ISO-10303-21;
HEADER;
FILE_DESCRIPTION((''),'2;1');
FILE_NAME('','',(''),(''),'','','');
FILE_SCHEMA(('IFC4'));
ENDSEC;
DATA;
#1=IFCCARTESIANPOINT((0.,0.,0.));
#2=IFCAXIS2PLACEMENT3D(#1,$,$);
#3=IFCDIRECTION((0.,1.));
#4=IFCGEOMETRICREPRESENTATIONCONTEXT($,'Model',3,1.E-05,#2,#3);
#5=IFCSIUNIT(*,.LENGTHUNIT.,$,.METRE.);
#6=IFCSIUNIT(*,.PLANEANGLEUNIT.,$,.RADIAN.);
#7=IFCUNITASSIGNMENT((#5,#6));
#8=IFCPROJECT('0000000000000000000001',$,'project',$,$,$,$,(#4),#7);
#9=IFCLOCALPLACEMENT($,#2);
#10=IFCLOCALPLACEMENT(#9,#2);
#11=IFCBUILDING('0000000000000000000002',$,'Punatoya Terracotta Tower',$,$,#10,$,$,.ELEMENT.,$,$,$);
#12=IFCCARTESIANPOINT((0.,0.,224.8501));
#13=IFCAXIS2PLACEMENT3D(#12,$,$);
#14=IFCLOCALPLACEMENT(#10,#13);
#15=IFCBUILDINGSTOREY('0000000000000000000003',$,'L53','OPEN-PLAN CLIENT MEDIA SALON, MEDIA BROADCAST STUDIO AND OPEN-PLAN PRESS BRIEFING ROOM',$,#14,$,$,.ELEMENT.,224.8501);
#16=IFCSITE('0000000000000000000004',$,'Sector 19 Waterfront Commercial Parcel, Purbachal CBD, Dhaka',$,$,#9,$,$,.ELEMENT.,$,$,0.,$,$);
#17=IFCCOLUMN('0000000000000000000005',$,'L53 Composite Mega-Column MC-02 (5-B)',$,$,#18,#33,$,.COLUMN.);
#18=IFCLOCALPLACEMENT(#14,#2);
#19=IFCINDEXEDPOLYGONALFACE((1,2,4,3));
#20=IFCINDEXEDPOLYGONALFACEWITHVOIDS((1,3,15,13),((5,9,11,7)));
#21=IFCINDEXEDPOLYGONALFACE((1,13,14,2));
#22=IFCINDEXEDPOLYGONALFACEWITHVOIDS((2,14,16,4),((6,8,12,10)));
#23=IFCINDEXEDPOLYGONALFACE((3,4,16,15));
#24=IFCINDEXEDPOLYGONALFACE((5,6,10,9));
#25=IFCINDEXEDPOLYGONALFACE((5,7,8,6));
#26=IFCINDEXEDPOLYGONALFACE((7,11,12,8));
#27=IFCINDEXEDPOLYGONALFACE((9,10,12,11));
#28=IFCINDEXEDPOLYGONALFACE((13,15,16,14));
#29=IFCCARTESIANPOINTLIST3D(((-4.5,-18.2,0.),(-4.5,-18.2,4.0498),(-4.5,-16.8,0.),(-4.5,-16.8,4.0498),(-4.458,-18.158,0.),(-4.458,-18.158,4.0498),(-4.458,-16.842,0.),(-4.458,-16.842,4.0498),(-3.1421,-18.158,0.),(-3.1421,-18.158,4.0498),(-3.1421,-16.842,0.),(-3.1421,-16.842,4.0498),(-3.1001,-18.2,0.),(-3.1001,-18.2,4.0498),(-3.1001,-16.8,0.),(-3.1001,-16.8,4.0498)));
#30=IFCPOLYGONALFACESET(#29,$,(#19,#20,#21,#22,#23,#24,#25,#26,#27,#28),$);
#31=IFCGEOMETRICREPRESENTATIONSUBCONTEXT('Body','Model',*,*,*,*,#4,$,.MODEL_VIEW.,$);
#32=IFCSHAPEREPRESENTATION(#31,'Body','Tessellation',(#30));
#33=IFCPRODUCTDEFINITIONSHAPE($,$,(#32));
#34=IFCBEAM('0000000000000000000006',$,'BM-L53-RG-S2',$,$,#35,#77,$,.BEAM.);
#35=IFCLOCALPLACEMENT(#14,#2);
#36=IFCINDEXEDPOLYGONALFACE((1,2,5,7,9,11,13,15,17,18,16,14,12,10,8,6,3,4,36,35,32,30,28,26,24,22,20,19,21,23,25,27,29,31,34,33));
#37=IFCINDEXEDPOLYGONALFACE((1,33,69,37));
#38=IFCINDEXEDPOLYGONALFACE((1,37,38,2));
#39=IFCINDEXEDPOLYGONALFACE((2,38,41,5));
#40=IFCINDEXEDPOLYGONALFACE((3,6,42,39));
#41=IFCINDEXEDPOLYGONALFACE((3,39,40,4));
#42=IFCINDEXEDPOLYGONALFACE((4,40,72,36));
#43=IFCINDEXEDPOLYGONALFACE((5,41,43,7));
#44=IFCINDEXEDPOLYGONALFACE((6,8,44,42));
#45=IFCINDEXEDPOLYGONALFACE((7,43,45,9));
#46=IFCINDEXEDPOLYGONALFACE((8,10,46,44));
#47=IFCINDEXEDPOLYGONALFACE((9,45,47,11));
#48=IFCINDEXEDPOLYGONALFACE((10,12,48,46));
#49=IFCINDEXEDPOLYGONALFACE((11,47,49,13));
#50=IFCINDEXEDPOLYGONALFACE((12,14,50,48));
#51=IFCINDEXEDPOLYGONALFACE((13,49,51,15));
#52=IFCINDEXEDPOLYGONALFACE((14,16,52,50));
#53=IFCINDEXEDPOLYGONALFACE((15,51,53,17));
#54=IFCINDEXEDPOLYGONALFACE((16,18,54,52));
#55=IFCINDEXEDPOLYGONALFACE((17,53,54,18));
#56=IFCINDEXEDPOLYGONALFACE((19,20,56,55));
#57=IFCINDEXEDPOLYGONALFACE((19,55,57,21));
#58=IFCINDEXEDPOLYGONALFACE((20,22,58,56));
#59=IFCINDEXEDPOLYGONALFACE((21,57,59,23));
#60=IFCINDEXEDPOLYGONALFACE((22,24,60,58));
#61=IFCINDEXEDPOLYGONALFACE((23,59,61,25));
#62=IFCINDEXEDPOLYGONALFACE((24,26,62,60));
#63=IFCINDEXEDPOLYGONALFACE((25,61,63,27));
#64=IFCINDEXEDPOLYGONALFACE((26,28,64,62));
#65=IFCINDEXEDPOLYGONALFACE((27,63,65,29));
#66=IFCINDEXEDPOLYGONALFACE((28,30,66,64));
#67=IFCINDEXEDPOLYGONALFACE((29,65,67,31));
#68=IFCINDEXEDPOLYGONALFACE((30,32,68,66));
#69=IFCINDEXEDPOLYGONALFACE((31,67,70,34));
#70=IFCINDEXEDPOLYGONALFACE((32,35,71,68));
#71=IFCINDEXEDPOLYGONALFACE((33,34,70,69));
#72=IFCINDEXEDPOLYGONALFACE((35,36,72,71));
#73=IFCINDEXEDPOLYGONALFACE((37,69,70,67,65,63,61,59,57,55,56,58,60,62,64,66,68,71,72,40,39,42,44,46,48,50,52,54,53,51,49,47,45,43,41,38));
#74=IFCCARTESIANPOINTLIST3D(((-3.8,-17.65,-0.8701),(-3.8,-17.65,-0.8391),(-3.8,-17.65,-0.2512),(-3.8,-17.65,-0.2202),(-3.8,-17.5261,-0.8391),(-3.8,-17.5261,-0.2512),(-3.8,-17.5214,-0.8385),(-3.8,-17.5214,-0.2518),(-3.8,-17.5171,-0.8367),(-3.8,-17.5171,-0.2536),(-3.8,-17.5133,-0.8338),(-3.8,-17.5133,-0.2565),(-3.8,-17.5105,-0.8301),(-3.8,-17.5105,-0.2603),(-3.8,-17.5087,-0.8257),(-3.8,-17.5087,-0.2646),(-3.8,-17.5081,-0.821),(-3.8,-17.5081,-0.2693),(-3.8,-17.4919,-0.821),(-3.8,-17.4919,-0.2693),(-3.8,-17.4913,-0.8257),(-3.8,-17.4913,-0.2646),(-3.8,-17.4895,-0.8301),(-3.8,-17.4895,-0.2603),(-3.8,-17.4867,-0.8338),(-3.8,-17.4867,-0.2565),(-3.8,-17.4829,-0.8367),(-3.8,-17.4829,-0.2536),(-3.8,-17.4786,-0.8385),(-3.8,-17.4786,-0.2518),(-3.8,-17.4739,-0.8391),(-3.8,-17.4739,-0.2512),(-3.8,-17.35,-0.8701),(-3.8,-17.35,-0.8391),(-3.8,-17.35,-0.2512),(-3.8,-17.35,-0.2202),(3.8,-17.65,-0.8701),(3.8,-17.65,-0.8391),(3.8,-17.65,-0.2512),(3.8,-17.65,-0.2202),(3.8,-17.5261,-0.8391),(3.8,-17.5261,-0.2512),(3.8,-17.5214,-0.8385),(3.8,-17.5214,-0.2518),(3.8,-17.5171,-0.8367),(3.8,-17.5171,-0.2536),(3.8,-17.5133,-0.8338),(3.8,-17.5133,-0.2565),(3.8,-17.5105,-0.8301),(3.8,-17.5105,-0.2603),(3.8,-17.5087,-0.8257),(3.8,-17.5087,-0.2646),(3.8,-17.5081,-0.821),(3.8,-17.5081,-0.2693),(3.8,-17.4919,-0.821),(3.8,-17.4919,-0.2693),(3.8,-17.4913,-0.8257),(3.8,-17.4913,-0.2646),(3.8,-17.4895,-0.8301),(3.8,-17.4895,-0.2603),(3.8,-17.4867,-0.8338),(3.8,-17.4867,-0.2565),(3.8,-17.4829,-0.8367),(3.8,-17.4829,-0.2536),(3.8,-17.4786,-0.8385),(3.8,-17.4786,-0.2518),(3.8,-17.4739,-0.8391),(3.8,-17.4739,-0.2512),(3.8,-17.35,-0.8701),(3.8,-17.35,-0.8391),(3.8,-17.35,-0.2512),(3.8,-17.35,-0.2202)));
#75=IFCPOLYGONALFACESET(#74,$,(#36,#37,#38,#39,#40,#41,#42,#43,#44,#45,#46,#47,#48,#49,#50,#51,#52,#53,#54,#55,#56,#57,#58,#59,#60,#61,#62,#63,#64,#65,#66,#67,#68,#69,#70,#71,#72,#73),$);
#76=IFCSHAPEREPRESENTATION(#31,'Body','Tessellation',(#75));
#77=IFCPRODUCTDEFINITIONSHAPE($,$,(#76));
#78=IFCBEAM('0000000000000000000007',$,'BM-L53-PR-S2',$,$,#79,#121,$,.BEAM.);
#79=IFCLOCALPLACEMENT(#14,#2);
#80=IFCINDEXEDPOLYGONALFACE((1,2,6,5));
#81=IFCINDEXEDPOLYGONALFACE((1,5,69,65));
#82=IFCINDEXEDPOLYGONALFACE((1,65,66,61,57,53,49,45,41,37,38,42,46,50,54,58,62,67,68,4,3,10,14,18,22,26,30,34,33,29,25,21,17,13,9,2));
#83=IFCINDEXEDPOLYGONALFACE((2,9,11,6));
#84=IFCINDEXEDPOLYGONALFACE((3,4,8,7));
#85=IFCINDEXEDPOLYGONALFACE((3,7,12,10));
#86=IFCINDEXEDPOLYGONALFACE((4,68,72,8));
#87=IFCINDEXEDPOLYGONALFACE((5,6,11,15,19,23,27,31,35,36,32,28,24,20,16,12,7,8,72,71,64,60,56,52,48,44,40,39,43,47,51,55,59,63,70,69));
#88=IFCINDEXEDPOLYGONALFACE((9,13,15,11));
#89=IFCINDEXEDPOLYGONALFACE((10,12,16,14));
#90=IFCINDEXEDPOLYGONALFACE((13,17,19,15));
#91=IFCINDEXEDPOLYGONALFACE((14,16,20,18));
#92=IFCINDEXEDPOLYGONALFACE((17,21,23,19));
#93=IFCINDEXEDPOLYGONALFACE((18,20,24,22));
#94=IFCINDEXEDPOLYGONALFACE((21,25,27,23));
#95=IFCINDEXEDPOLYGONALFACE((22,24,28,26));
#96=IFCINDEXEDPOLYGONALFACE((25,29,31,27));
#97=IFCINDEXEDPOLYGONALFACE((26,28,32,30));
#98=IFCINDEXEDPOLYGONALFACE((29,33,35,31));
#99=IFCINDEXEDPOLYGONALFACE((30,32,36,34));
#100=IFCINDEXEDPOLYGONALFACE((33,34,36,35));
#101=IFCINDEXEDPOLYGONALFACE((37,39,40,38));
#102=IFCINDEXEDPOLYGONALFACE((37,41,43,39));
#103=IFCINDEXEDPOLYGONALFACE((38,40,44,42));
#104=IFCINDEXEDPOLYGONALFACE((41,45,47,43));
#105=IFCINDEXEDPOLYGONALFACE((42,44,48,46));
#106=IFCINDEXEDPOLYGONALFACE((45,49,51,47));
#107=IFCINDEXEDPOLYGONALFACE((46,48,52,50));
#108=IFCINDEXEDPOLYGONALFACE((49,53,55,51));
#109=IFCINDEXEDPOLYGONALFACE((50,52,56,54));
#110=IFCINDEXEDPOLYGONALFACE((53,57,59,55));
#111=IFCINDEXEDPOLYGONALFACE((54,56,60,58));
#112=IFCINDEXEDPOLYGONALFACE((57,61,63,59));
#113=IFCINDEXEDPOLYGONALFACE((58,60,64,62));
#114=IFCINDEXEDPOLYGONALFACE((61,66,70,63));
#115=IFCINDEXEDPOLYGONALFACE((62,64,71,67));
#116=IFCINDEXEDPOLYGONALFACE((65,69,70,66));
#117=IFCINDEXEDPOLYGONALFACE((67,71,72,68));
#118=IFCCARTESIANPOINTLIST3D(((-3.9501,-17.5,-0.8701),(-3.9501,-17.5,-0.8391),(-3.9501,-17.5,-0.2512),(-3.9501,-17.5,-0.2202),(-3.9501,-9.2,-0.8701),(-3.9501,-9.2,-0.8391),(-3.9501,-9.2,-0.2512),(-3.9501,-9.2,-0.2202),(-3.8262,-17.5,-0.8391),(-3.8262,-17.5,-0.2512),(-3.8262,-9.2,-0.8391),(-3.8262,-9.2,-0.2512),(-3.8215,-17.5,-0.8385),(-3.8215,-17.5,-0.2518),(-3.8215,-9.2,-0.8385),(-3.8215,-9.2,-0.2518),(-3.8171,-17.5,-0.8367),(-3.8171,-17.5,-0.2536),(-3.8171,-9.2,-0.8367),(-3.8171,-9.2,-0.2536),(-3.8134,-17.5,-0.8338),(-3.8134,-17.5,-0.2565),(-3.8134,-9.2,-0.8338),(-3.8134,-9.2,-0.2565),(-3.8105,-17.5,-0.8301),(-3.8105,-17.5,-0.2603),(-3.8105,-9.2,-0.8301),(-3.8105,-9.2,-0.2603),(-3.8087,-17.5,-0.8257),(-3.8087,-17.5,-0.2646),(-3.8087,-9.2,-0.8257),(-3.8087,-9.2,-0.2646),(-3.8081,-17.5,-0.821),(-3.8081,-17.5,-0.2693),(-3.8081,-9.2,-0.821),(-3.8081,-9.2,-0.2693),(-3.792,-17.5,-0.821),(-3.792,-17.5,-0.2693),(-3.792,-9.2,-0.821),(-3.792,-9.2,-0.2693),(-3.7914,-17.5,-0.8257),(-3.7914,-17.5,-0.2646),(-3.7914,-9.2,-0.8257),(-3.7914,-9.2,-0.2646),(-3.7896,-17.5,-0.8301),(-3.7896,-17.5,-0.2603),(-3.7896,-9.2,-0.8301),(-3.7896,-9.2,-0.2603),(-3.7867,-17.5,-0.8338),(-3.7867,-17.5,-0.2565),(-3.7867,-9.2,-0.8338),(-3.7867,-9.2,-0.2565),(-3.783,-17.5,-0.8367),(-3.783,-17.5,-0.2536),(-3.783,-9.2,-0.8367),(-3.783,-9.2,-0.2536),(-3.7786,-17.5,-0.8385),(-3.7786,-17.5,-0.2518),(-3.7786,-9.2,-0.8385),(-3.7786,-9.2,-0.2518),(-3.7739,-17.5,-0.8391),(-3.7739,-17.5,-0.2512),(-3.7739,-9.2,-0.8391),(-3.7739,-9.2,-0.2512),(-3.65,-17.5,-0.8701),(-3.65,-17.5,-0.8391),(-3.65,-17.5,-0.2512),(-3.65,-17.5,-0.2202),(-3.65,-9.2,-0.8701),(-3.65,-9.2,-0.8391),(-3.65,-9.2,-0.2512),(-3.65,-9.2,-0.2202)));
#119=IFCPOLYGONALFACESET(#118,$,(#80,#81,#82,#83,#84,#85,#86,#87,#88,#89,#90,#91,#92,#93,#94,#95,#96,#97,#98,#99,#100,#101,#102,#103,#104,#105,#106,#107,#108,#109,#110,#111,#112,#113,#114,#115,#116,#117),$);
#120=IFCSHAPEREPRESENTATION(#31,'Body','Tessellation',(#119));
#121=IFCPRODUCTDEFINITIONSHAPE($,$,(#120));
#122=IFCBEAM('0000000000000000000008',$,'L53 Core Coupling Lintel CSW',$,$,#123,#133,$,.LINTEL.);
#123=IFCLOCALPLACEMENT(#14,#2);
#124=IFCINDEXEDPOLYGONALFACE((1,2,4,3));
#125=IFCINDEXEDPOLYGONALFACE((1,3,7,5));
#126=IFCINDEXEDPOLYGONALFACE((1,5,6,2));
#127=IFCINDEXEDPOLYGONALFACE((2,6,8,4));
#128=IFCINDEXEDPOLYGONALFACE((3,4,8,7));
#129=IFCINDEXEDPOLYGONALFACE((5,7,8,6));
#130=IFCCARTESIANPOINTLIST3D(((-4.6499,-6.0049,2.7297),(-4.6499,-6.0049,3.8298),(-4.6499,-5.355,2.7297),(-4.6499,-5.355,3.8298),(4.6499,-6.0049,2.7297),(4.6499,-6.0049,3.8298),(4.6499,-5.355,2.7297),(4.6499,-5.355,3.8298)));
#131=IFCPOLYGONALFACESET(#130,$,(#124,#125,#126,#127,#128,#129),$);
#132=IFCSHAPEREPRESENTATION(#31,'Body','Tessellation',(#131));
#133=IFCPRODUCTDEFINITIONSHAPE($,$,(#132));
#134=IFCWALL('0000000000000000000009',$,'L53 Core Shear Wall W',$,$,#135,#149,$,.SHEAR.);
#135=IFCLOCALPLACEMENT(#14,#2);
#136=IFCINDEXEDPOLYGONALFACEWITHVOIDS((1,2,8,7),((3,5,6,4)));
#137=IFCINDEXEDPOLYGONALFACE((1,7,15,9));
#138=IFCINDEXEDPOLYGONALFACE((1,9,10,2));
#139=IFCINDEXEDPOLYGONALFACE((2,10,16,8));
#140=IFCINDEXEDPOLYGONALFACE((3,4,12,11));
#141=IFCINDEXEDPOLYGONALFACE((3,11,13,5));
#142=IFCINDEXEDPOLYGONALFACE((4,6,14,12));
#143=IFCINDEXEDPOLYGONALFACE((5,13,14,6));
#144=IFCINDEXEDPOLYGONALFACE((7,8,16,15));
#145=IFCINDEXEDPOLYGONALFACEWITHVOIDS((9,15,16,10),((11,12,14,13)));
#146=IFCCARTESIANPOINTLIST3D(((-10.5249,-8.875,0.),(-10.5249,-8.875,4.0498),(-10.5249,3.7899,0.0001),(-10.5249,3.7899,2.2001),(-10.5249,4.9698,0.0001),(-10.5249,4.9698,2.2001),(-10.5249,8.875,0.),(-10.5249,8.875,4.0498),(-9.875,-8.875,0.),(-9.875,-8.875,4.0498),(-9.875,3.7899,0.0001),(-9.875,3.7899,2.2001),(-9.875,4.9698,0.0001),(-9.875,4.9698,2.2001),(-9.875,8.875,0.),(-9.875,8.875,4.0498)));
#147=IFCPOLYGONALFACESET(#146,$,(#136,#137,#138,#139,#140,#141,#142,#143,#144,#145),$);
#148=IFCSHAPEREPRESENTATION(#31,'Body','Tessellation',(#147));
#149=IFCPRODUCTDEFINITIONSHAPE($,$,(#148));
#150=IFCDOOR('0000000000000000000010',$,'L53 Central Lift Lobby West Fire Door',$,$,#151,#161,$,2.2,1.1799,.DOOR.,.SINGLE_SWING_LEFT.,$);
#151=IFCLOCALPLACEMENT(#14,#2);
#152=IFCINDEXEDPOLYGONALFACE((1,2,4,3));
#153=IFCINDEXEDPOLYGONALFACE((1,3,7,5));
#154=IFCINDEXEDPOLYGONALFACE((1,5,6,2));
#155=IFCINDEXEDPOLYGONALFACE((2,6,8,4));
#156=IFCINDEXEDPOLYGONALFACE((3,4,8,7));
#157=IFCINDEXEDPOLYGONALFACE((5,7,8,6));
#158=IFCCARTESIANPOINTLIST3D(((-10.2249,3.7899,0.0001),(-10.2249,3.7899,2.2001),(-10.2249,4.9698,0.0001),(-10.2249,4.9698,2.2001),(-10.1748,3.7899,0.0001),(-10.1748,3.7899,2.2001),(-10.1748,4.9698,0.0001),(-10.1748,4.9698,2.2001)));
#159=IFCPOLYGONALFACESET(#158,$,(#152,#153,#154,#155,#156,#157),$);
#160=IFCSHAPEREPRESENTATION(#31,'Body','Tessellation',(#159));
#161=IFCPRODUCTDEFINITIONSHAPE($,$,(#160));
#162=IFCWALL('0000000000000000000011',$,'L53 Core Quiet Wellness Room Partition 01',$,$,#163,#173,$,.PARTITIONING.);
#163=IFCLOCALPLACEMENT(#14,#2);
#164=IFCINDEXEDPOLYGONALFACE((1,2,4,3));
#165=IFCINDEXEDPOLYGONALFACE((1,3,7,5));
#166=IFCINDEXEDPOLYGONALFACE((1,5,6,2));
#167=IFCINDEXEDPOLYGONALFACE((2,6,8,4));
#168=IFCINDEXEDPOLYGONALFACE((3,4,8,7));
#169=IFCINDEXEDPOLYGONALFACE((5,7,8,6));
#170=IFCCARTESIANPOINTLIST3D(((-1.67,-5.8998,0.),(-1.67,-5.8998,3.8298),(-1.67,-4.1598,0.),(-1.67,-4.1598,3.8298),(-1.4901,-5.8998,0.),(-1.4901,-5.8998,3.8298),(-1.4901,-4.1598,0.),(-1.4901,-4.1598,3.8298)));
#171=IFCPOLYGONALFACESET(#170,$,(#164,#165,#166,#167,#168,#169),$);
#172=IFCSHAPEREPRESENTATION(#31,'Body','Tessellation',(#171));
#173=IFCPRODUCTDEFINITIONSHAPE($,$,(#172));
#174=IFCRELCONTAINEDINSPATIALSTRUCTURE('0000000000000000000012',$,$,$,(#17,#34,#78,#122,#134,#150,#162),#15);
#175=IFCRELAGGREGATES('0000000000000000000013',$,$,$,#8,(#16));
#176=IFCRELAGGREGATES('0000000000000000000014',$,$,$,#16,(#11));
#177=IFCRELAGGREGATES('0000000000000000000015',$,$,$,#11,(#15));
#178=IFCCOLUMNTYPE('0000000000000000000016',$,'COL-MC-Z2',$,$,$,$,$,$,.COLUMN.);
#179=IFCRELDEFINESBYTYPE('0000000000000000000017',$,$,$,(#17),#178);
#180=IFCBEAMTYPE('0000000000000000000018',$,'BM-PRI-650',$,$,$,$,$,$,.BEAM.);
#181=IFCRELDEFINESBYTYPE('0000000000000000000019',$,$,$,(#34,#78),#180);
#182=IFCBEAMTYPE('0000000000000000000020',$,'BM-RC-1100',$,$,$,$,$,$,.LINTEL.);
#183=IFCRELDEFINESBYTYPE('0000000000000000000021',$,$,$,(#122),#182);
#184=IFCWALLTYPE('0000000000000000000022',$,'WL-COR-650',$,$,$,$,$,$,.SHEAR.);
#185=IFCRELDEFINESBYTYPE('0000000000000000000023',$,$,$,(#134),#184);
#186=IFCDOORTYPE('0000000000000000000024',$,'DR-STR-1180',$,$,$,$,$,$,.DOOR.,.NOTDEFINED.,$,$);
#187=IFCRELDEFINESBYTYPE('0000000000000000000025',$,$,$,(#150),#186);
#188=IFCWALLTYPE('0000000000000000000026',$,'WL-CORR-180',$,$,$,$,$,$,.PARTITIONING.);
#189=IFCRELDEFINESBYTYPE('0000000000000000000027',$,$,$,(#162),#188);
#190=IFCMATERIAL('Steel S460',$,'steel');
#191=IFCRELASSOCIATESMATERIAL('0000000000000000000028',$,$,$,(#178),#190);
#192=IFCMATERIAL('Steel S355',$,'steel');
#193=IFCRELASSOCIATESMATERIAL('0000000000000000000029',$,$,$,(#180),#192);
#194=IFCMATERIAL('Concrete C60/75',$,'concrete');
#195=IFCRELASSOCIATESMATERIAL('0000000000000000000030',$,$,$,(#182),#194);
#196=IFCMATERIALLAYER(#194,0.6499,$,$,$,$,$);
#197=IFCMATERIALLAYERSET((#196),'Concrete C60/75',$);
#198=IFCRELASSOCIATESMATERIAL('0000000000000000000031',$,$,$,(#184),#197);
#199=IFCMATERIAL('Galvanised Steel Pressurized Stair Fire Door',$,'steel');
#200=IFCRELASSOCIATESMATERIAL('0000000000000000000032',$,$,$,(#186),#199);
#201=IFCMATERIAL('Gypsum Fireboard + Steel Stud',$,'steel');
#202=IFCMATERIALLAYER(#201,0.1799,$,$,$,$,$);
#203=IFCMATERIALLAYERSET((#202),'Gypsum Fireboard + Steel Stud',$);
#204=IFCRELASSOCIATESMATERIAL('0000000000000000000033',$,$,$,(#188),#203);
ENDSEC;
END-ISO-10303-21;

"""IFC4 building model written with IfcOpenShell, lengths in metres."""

from ifc_helpers import new_model, si_unit, direction, frame, frame_2d, origin, origin_2d, place, context, subcontext, project, spatial, rectangle, hollow_rectangle, i_section, extrude, material, layer, layer_set, material_profile, profile_set, type_object, element, fill, save


model = new_model("IFC4")

# Units and contexts
model_context = context("Model", 3, precision=1e-05, world=origin(), true_north=direction((0.0, 1.0)))
body_context = subcontext(model_context, "Body", "Model", "MODEL_VIEW")
ifc_project = project(units=[si_unit("LENGTHUNIT", "METRE"), si_unit("PLANEANGLEUNIT", "RADIAN")], contexts=[model_context])

# Site, building, storey
site_placement = place(None, origin())
site = spatial("IfcSite", under=ifc_project, at=site_placement, Name="Sector 19 Waterfront Commercial Parcel, Purbachal CBD, Dhaka", CompositionType="ELEMENT", RefElevation=0.0)
building_placement = place(site_placement, origin())
building = spatial("IfcBuilding", under=site, at=building_placement, Name="Punatoya Terracotta Tower", CompositionType="ELEMENT")
storey_placement = place(building_placement, frame((0.0, 0.0, 224.8501)))
storey = spatial("IfcBuildingStorey", under=building, at=storey_placement, Name="L53", Description="OPEN-PLAN CLIENT MEDIA SALON, MEDIA BROADCAST STUDIO AND OPEN-PLAN PRESS BRIEFING ROOM", CompositionType="ELEMENT", Elevation=224.8501)

# Column
ifc_material_1 = material(Name="Steel S460", Category="steel")
ifc_material_profile_1 = material_profile(ifc_material_1, hollow_rectangle(XDim=1.3999, YDim=1.3999, WallThickness=0.042, at=origin_2d()))
ifc_profile_set_1 = profile_set([ifc_material_profile_1], Name="Steel S460")
column_type = type_object("IfcColumnType", Name="COL-MC-Z2", PredefinedType="COLUMN", material=ifc_profile_set_1)
column_placement = place(storey_placement, frame((-3.8, -17.5, 0.0), z_axis=(0.0, 0.0, 1.0), x_axis=(1.0, 0.0, 0.0)))
element("IfcColumn", 1, at=column_placement, inside=storey, type_object=column_type, Name="L53 Composite Mega-Column MC-02 (5-B)", PredefinedType="COLUMN", context=body_context, shape_type="SweptSolid", body=[
    extrude(hollow_rectangle(XDim=1.3999, YDim=1.3999, WallThickness=0.042, at=origin_2d()), origin(), (0.0, 0.0, 1.0), 4.0498),
])

# Beams
ifc_material_2 = material(Name="Steel S355", Category="steel")
ifc_material_profile_2 = material_profile(ifc_material_2, i_section(OverallWidth=0.3, OverallDepth=0.6499, WebThickness=0.0161, FlangeThickness=0.031, FilletRadius=0.0181, at=origin_2d()))
ifc_profile_set_2 = profile_set([ifc_material_profile_2], Name="Steel S355")
beam_type_1 = type_object("IfcBeamType", Name="BM-PRI-650", PredefinedType="BEAM", material=ifc_profile_set_2)
beam_1_placement = place(storey_placement, frame((-3.8, -17.5, -0.5452), z_axis=(1.0, 0.0, 0.0), x_axis=(0.0, 1.0, 0.0)))
element("IfcBeam", 2, at=beam_1_placement, inside=storey, type_object=beam_type_1, Name="BM-L53-RG-S2", PredefinedType="BEAM", context=body_context, shape_type="SweptSolid", body=[
    extrude(i_section(OverallWidth=0.3, OverallDepth=0.6499, WebThickness=0.0161, FlangeThickness=0.031, FilletRadius=0.0181, at=origin_2d()), origin(), (0.0, 0.0, 1.0), 7.6001),
])
beam_2_placement = place(storey_placement, frame((-3.8, -17.5, -0.5452), z_axis=(0.0, 1.0, 0.0), x_axis=(-1.0, 0.0, 0.0)))
element("IfcBeam", 3, at=beam_2_placement, inside=storey, type_object=beam_type_1, Name="BM-L53-PR-S2", PredefinedType="BEAM", context=body_context, shape_type="SweptSolid", body=[
    extrude(i_section(OverallWidth=0.3, OverallDepth=0.6499, WebThickness=0.0161, FlangeThickness=0.031, FilletRadius=0.0181, at=origin_2d()), origin(), (0.0, 0.0, 1.0), 8.3),
])
ifc_material_3 = material(Name="Concrete C60/75", Category="concrete")
ifc_material_profile_3 = material_profile(ifc_material_3, rectangle(XDim=0.6499, YDim=1.1001, at=origin_2d()))
ifc_profile_set_3 = profile_set([ifc_material_profile_3], Name="Concrete C60/75")
beam_type_2 = type_object("IfcBeamType", Name="BM-RC-1100", PredefinedType="LINTEL", material=ifc_profile_set_3)
beam_3_placement = place(storey_placement, frame((-4.6499, -5.6799, 3.2798), z_axis=(1.0, 0.0, 0.0), x_axis=(0.0, 1.0, 0.0)))
element("IfcBeam", 4, at=beam_3_placement, inside=storey, type_object=beam_type_2, Name="L53 Core Coupling Lintel CSW", PredefinedType="LINTEL", context=body_context, shape_type="SweptSolid", body=[
    extrude(rectangle(XDim=0.6499, YDim=1.1001, at=origin_2d()), origin(), (0.0, 0.0, 1.0), 9.2998),
])

# Wall, opening, door
ifc_layer_1 = layer(ifc_material_3, 0.6499)
ifc_layer_set_1 = layer_set([ifc_layer_1], Name="Concrete C60/75")
wall_type_1 = type_object("IfcWallType", Name="WL-COR-650", PredefinedType="SHEAR", material=ifc_layer_set_1)
wall_1_placement = place(storey_placement, frame((-10.2, -8.875, 0.0), z_axis=(0.0, 0.0, 1.0), x_axis=(0.0, 1.0, 0.0)))
wall_1 = element("IfcWall", 5, at=wall_1_placement, inside=storey, type_object=wall_type_1, Name="L53 Core Shear Wall W", PredefinedType="SHEAR", context=body_context, shape_type="SweptSolid", body=[
    extrude(rectangle(XDim=17.75, YDim=0.6499, at=frame_2d((8.875, 0.0))), origin(), (0.0, 0.0, 1.0), 4.0498),
])
opening_1_placement = place(wall_1_placement, frame((12.665, 0.0, 0.0)))
opening_1 = element("IfcOpeningElement", 6, at=opening_1_placement, cuts=wall_1, PredefinedType="OPENING", context=body_context, shape_type="SweptSolid", body=[
    extrude(rectangle(XDim=1.1799, YDim=2.2, at=frame_2d((0.5898, 1.1001))), frame((0.0, 0.335, 0.0), z_axis=(0.0, -1.0, 0.0), x_axis=(1.0, 0.0, 0.0)), (0.0, 0.0, 1.0), 0.6699),
])
ifc_material_4 = material(Name="Galvanised Steel Pressurized Stair Fire Door", Category="steel")
door_type_1 = type_object("IfcDoorType", Name="DR-STR-1180", OperationType="NOTDEFINED", PredefinedType="DOOR", material=ifc_material_4)
door_1_placement = place(opening_1_placement, origin())
door_1 = element("IfcDoor", 7, at=door_1_placement, inside=storey, type_object=door_type_1, Name="L53 Central Lift Lobby West Fire Door", OperationType="SINGLE_SWING_LEFT", OverallHeight=2.2, OverallWidth=1.1799, PredefinedType="DOOR", context=body_context, shape_type="SweptSolid", body=[
    extrude(rectangle(XDim=1.1799, YDim=2.2, at=frame_2d((0.5898, 1.1001))), frame((0.0, 0.0249, 0.0), z_axis=(0.0, -1.0, 0.0), x_axis=(1.0, 0.0, 0.0)), (0.0, 0.0, 1.0), 0.05),
])
fill(opening_1, door_1)

# Wall
ifc_material_5 = material(Name="Gypsum Fireboard + Steel Stud", Category="steel")
ifc_layer_2 = layer(ifc_material_5, 0.1799)
ifc_layer_set_2 = layer_set([ifc_layer_2], Name="Gypsum Fireboard + Steel Stud")
wall_type_2 = type_object("IfcWallType", Name="WL-CORR-180", PredefinedType="PARTITIONING", material=ifc_layer_set_2)
wall_2_placement = place(storey_placement, frame((-1.5801, -5.8999, 0.0), z_axis=(0.0, 0.0, 1.0), x_axis=(0.0, 1.0, 0.0)))
element("IfcWall", 8, at=wall_2_placement, inside=storey, type_object=wall_type_2, Name="L53 Core Quiet Wellness Room Partition 01", PredefinedType="PARTITIONING", context=body_context, shape_type="SweptSolid", body=[
    extrude(rectangle(XDim=1.74, YDim=0.1799, at=frame_2d((0.8701, 0.0))), origin(), (0.0, 0.0, 1.0), 3.8298),
])

save(model, "model.ifc")
